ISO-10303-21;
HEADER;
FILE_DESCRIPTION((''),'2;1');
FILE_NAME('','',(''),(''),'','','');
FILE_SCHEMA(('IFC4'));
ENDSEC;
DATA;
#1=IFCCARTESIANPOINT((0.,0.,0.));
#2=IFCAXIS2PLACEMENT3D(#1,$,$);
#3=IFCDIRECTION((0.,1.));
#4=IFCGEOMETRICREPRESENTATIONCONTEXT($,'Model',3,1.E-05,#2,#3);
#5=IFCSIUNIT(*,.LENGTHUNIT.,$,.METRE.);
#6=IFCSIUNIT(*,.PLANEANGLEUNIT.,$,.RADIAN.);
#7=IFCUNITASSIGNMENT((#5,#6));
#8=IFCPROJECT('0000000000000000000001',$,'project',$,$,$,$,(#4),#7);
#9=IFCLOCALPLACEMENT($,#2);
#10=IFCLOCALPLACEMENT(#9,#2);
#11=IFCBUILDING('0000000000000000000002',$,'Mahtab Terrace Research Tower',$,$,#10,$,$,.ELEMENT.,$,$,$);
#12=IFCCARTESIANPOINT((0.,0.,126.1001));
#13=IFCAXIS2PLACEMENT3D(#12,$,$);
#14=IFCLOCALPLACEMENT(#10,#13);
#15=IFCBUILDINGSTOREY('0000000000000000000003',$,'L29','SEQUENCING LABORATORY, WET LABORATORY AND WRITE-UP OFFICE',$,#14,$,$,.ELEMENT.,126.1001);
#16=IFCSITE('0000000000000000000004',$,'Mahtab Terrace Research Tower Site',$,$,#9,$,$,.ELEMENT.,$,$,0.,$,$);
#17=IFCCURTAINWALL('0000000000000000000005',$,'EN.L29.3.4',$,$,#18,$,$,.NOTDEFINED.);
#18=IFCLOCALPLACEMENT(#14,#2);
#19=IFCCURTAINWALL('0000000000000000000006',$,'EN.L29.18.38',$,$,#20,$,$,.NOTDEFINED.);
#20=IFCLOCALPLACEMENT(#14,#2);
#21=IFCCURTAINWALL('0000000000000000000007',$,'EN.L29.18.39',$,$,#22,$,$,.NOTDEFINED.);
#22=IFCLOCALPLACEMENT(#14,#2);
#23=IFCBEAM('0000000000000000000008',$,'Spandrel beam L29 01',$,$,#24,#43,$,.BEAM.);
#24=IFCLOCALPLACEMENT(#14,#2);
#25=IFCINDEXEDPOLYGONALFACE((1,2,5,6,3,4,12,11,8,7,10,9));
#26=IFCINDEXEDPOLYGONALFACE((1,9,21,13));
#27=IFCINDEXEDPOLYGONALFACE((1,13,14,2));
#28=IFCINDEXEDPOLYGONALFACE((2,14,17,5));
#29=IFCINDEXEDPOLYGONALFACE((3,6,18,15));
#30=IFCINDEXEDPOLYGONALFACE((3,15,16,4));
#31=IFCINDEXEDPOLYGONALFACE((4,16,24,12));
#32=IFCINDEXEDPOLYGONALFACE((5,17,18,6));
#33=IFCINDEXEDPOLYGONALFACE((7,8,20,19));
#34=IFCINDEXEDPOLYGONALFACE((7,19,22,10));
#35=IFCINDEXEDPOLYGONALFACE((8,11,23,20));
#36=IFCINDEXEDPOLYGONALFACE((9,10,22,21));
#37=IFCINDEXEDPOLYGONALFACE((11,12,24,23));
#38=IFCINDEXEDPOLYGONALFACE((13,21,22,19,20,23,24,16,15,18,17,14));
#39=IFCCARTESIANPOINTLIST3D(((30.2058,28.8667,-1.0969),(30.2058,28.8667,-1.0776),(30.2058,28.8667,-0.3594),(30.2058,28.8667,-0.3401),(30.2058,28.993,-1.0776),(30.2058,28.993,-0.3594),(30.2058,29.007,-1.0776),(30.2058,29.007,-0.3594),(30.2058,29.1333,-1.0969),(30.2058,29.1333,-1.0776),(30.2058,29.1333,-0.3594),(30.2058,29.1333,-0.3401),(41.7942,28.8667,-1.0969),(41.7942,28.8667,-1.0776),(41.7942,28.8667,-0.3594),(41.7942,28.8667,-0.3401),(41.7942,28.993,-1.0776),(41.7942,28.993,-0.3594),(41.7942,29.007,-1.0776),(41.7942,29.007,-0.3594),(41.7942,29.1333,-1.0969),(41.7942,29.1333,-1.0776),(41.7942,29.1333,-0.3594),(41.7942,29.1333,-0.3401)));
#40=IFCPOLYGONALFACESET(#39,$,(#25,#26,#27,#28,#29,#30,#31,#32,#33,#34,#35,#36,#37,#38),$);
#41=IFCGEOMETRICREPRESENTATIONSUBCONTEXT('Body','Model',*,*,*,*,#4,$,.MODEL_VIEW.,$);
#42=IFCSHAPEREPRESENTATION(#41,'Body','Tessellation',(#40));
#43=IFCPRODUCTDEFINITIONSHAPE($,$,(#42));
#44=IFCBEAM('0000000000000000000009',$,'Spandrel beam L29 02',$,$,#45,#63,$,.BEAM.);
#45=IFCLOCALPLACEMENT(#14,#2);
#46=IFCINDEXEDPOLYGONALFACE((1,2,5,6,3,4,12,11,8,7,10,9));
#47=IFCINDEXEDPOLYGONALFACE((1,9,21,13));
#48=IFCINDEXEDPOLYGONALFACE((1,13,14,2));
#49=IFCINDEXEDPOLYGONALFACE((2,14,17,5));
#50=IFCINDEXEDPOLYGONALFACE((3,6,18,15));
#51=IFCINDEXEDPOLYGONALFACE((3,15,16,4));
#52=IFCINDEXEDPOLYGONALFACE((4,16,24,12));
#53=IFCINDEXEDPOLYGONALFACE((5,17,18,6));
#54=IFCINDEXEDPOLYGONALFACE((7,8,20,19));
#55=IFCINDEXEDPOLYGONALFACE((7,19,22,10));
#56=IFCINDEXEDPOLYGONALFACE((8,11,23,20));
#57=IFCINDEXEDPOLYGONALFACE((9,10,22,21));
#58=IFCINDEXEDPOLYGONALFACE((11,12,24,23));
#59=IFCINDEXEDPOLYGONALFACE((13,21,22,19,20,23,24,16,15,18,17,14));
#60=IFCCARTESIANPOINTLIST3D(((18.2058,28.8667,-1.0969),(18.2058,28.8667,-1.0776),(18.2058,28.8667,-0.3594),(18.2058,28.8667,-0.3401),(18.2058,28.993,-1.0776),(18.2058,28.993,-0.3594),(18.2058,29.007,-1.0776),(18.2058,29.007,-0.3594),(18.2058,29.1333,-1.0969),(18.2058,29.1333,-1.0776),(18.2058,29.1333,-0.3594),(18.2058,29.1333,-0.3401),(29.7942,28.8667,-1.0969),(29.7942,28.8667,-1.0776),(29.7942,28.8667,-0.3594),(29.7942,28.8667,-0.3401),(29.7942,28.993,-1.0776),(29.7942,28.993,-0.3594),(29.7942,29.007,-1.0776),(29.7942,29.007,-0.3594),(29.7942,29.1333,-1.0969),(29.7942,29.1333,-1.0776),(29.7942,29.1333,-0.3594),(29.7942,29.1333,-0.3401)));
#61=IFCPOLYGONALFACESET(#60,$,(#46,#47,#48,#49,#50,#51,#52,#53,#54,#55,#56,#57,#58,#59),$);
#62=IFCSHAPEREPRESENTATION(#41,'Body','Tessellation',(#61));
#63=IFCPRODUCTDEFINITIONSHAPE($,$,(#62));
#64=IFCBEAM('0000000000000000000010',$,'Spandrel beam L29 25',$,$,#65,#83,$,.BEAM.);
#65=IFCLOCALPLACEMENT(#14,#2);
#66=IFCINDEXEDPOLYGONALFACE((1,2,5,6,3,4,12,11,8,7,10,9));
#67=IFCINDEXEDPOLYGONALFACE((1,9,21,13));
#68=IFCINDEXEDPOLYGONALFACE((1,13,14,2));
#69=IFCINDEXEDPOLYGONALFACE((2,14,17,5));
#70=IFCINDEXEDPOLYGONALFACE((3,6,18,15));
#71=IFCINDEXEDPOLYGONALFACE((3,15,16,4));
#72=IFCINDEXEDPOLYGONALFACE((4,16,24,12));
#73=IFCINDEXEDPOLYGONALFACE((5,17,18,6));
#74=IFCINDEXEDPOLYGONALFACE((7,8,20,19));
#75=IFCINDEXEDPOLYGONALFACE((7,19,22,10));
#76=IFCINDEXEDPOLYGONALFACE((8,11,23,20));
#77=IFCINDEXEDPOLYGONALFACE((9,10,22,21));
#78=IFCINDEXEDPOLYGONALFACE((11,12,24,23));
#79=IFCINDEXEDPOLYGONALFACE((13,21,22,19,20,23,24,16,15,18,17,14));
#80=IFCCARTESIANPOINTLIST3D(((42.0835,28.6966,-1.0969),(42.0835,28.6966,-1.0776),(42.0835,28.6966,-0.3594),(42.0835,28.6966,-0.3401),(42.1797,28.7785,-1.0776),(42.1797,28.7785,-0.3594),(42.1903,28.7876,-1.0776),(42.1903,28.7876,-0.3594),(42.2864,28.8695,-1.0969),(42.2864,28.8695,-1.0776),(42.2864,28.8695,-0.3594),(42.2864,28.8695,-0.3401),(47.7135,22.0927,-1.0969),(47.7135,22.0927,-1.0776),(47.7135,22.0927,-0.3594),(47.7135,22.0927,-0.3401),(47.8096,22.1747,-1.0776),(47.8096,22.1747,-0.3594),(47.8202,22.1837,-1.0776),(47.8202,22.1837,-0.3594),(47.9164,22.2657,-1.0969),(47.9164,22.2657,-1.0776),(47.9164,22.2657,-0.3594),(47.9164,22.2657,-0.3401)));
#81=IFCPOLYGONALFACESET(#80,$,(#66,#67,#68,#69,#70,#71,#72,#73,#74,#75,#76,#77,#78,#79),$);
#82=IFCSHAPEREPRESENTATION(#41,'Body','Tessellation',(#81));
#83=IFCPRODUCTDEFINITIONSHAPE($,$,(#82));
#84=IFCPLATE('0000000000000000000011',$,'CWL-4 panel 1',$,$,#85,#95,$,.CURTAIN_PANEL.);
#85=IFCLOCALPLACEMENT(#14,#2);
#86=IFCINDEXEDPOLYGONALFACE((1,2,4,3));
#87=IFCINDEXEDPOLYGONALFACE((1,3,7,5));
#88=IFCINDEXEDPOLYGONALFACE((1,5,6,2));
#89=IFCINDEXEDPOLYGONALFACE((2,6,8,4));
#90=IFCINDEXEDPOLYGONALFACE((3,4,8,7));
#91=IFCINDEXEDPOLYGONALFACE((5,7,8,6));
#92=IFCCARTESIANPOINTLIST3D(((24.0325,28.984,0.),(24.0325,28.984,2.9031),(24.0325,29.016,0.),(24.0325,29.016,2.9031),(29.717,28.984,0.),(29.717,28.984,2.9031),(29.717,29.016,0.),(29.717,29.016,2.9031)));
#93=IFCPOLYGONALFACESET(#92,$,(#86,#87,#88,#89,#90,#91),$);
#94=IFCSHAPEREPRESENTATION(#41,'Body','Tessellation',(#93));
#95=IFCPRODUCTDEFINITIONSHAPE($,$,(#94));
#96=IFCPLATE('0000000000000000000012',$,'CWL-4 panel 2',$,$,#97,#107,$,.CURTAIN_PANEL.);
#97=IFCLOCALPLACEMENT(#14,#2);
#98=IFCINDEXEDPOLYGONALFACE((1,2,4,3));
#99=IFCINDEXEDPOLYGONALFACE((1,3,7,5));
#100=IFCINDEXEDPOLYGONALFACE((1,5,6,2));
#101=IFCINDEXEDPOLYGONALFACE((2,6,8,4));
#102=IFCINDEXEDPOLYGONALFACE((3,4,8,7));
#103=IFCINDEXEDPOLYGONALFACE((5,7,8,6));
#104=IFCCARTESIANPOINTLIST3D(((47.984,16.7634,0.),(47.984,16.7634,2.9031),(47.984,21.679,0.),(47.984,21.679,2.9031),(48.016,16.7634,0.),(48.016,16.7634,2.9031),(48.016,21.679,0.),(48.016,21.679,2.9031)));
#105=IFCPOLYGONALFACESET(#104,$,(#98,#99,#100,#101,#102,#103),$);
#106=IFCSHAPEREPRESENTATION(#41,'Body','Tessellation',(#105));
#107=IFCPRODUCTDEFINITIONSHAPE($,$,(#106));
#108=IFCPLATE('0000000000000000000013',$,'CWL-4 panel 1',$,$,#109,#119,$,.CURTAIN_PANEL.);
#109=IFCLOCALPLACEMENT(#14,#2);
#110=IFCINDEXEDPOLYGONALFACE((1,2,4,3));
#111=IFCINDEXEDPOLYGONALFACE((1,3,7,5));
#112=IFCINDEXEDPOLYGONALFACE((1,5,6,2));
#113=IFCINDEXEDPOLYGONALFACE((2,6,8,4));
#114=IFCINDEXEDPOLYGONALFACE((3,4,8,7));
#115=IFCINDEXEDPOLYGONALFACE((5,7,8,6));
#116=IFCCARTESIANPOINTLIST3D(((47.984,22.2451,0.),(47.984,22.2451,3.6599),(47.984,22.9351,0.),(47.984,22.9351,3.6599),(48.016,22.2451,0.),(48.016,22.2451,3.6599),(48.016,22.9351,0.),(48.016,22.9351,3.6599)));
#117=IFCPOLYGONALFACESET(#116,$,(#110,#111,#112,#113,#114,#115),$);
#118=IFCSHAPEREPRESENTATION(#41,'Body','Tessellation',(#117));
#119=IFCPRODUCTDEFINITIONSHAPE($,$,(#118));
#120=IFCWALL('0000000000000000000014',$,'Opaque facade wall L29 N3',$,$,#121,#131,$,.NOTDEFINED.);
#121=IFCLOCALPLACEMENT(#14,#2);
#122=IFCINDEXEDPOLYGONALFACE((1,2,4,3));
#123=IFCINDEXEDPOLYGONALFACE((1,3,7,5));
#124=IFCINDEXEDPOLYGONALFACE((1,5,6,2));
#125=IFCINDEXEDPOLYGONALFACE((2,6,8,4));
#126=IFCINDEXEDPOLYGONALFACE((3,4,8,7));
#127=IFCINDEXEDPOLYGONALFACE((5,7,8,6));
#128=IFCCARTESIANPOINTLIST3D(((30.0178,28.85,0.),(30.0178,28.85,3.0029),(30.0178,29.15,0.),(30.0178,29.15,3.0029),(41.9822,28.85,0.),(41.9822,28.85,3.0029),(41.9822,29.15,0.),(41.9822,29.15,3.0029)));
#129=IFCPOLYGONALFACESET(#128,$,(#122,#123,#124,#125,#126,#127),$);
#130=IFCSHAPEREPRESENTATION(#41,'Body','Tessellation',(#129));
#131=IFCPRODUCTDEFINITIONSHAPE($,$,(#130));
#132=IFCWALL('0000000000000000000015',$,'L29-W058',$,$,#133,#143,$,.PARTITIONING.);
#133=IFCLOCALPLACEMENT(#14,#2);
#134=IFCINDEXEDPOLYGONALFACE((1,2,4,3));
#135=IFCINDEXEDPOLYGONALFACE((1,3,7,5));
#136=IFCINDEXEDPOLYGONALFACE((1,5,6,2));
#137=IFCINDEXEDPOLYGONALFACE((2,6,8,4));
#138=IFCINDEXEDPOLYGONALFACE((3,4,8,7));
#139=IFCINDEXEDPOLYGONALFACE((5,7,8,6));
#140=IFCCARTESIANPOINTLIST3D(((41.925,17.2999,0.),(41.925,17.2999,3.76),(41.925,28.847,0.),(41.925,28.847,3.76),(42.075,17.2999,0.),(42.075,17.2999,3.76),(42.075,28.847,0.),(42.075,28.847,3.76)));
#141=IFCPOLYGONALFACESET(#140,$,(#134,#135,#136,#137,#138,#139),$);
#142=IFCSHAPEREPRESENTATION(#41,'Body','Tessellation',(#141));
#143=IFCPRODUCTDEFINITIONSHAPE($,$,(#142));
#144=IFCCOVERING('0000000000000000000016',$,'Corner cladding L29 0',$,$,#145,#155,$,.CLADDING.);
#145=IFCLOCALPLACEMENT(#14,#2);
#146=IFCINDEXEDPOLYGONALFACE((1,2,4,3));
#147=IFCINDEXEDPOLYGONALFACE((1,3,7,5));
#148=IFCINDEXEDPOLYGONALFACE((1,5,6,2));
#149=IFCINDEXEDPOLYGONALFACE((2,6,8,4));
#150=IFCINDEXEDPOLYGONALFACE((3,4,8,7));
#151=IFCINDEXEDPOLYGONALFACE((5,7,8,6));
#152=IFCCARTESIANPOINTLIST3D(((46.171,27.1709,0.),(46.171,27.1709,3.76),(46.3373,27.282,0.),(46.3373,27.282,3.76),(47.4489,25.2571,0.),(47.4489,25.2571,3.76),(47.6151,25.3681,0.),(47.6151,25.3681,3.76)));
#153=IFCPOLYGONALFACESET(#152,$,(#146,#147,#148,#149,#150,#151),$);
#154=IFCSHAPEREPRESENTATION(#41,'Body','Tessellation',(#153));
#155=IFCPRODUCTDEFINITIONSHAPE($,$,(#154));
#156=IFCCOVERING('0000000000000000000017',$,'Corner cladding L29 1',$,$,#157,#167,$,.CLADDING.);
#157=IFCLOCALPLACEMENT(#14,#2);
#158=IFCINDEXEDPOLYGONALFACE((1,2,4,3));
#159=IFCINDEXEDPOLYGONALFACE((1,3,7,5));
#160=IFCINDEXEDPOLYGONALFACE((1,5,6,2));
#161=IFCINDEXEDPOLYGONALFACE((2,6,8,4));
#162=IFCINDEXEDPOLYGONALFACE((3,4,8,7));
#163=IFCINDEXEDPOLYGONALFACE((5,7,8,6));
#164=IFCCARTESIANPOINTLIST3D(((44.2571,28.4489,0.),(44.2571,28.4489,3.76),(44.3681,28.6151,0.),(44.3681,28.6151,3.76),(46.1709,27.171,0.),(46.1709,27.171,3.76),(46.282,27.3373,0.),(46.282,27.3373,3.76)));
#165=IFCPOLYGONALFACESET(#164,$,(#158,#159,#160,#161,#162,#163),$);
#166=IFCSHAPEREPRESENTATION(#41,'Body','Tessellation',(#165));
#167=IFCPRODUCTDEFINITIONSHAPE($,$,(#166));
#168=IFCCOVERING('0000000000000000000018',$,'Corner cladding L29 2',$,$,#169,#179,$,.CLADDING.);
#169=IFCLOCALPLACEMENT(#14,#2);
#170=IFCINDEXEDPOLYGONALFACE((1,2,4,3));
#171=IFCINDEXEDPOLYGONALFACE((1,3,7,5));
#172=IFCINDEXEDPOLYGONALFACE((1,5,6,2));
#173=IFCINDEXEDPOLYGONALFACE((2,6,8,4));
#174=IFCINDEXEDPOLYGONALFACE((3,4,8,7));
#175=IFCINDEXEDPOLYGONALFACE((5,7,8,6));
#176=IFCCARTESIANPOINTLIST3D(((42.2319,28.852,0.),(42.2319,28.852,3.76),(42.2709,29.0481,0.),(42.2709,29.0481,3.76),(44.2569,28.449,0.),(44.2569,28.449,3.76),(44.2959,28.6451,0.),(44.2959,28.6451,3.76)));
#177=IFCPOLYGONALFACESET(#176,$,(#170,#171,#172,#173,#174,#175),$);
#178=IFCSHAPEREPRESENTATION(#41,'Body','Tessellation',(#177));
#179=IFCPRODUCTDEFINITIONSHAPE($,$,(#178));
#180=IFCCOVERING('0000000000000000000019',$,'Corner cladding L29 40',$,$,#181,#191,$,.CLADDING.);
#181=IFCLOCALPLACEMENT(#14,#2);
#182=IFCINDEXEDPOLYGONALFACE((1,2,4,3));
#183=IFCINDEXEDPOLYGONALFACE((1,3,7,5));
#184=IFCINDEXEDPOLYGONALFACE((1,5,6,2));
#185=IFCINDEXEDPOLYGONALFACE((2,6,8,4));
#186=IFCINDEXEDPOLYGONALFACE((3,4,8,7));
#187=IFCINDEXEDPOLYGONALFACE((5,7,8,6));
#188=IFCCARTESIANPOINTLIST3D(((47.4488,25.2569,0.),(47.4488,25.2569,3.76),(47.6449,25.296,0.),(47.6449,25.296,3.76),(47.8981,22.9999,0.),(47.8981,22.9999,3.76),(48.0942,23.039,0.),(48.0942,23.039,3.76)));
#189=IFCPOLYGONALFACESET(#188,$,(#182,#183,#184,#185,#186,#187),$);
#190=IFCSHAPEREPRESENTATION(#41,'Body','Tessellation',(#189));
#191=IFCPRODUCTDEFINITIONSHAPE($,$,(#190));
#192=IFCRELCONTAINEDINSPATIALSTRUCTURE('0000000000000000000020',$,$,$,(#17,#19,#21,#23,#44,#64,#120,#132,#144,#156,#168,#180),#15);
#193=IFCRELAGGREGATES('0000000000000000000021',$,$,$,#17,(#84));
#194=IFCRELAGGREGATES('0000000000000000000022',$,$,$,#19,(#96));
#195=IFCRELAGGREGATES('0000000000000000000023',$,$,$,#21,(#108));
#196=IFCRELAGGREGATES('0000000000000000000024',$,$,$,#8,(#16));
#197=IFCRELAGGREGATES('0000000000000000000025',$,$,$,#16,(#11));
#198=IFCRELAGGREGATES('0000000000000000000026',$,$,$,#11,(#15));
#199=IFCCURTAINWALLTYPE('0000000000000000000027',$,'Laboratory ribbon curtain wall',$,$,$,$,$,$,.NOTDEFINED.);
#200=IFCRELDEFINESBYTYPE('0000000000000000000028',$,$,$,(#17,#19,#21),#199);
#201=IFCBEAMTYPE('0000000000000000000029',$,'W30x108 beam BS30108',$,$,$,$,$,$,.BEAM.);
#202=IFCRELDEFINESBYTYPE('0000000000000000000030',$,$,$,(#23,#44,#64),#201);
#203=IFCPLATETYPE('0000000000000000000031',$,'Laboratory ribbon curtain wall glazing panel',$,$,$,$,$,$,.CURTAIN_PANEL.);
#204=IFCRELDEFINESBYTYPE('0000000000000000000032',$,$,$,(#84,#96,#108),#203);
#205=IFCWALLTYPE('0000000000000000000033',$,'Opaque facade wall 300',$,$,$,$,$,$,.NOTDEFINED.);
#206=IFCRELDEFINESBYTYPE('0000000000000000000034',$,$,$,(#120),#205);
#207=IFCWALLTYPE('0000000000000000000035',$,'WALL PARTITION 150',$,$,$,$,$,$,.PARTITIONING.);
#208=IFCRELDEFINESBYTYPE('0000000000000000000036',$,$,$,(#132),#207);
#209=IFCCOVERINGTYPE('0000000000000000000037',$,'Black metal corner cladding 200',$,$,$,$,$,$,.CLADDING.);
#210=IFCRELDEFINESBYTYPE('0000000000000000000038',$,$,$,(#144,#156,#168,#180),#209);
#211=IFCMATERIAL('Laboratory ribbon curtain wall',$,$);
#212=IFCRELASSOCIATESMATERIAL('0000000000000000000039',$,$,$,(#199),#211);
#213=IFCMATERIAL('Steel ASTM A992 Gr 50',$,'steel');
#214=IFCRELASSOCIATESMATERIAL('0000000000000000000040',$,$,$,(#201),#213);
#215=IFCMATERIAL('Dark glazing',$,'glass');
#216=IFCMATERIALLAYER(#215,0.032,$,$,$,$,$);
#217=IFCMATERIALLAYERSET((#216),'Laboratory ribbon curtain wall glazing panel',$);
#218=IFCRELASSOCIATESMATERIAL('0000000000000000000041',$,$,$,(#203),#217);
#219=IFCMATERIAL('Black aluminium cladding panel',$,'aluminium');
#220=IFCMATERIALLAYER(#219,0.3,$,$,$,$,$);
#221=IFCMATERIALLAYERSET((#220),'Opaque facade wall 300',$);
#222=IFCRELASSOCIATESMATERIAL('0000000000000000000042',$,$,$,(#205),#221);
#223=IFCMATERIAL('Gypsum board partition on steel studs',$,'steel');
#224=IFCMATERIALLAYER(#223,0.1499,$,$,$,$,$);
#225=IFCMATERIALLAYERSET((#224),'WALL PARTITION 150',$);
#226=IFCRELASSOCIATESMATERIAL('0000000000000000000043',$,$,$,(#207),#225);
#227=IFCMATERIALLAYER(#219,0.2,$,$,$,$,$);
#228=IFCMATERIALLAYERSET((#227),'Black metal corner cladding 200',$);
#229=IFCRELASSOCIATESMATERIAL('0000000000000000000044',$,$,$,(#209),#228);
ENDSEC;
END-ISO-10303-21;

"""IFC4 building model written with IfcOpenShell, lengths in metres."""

from ifc_helpers import new_model, si_unit, direction, frame, frame_2d, origin, origin_2d, place, context, subcontext, project, spatial, rectangle, i_section, extrude, material, layer, layer_set, material_profile, profile_set, type_object, element, aggregate, save


model = new_model("IFC4")

# Units and contexts
model_context = context("Model", 3, precision=1e-05, world=origin(), true_north=direction((0.0, 1.0)))
body_context = subcontext(model_context, "Body", "Model", "MODEL_VIEW")
ifc_project = project(units=[si_unit("LENGTHUNIT", "METRE"), si_unit("PLANEANGLEUNIT", "RADIAN")], contexts=[model_context])

# Site, building, storey
site_placement = place(None, origin())
site = spatial("IfcSite", under=ifc_project, at=site_placement, Name="Mahtab Terrace Research Tower Site", CompositionType="ELEMENT", RefElevation=0.0)
building_placement = place(site_placement, origin())
building = spatial("IfcBuilding", under=site, at=building_placement, Name="Mahtab Terrace Research Tower", CompositionType="ELEMENT")
storey_placement = place(building_placement, frame((0.0, 0.0, 126.1001)))
storey = spatial("IfcBuildingStorey", under=building, at=storey_placement, Name="L29", Description="SEQUENCING LABORATORY, WET LABORATORY AND WRITE-UP OFFICE", CompositionType="ELEMENT", Elevation=126.1001)

# Shared definitions
ifc_material_1 = material(Name="Steel ASTM A992 Gr 50", Category="steel")

# Curtain walls
ifc_material_2 = material(Name="Laboratory ribbon curtain wall")
curtain_wall_type = type_object("IfcCurtainWallType", Name="Laboratory ribbon curtain wall", PredefinedType="NOTDEFINED", material=ifc_material_2)
curtain_wall_1_placement = place(storey_placement, origin())
curtain_wall_1 = element("IfcCurtainWall", 1, at=curtain_wall_1_placement, inside=storey, type_object=curtain_wall_type, Name="EN.L29.3.4", PredefinedType="NOTDEFINED")
curtain_wall_2_placement = place(storey_placement, origin())
curtain_wall_2 = element("IfcCurtainWall", 2, at=curtain_wall_2_placement, inside=storey, type_object=curtain_wall_type, Name="EN.L29.18.38", PredefinedType="NOTDEFINED")

# Curtain wall
curtain_wall_3_placement = place(storey_placement, origin())
curtain_wall_3 = element("IfcCurtainWall", 3, at=curtain_wall_3_placement, inside=storey, type_object=curtain_wall_type, Name="EN.L29.18.39", PredefinedType="NOTDEFINED")

# Beams
ifc_material_profile_1 = material_profile(ifc_material_1, i_section(OverallWidth=0.2666, OverallDepth=0.7568, WebThickness=0.0139, FlangeThickness=0.0193, at=origin_2d()), Name="W30X108")
ifc_profile_set_1 = profile_set([ifc_material_profile_1], Name="Steel ASTM A992 Gr 50")
beam_type = type_object("IfcBeamType", Name="W30x108 beam BS30108", PredefinedType="BEAM", material=ifc_profile_set_1)
for number, where, z_axis, x_axis, name in (
    (4, (41.7942, 29.0, -0.7185), (-1.0, 0.0, 0.0), (0.0, -1.0, 0.0), "Spandrel beam L29 01"),
    (5, (29.7942, 29.0, -0.7185), (-1.0, 0.0, 0.0), (0.0, -1.0, 0.0), "Spandrel beam L29 02"),
):
    element("IfcBeam", number, at=place(storey_placement, frame(where, z_axis=z_axis, x_axis=x_axis)), inside=storey, type_object=beam_type, Name=name, PredefinedType="BEAM", context=body_context, shape_type="SweptSolid", body=[
        extrude(i_section(OverallWidth=0.2666, OverallDepth=0.7568, WebThickness=0.0139, FlangeThickness=0.0193, at=origin_2d()), origin(), (0.0, 0.0, 1.0), 11.5884),
    ])
beam_placement = place(storey_placement, frame((47.8149, 22.1792, -0.7185), z_axis=(-0.648764, 0.76099, 0.0), x_axis=(-0.76099, -0.648764, 0.0)))
element("IfcBeam", 6, at=beam_placement, inside=storey, type_object=beam_type, Name="Spandrel beam L29 25", PredefinedType="BEAM", context=body_context, shape_type="SweptSolid", body=[
    extrude(i_section(OverallWidth=0.2666, OverallDepth=0.7568, WebThickness=0.0139, FlangeThickness=0.0193, at=origin_2d()), origin(), (0.0, 0.0, 1.0), 8.678),
])

# Plates
ifc_material_3 = material(Name="Dark glazing", Category="glass")
ifc_layer_1 = layer(ifc_material_3, 0.032)
ifc_layer_set_1 = layer_set([ifc_layer_1], Name="Laboratory ribbon curtain wall glazing panel")
plate_type = type_object("IfcPlateType", Name="Laboratory ribbon curtain wall glazing panel", PredefinedType="CURTAIN_PANEL", material=ifc_layer_set_1)
plate_1_placement = place(storey_placement, frame((26.8748, 29.0, 0.0), z_axis=(0.0, 0.0, 1.0), x_axis=(-1.0, 0.0, 0.0)))
plate_1 = element("IfcPlate", 7, at=plate_1_placement, type_object=plate_type, Name="CWL-4 panel 1", PredefinedType="CURTAIN_PANEL", context=body_context, shape_type="SweptSolid", body=[
    extrude(rectangle(XDim=5.6846, YDim=0.032, at=origin_2d()), origin(), (0.0, 0.0, 1.0), 2.9031),
])
aggregate(curtain_wall_1, [plate_1])
plate_2_placement = place(storey_placement, frame((48.0, 19.2212, 0.0), z_axis=(0.0, 0.0, 1.0), x_axis=(0.0, 1.0, 0.0)))
plate_2 = element("IfcPlate", 8, at=plate_2_placement, type_object=plate_type, Name="CWL-4 panel 2", PredefinedType="CURTAIN_PANEL", context=body_context, shape_type="SweptSolid", body=[
    extrude(rectangle(XDim=4.9155, YDim=0.032, at=origin_2d()), origin(), (0.0, 0.0, 1.0), 2.9031),
])
aggregate(curtain_wall_2, [plate_2])
plate_3_placement = place(storey_placement, frame((48.0, 22.5901, 0.0), z_axis=(0.0, 0.0, 1.0), x_axis=(0.0, 1.0, 0.0)))
plate_3 = element("IfcPlate", 9, at=plate_3_placement, type_object=plate_type, Name="CWL-4 panel 1", PredefinedType="CURTAIN_PANEL", context=body_context, shape_type="SweptSolid", body=[
    extrude(rectangle(XDim=0.6899, YDim=0.032, at=origin_2d()), origin(), (0.0, 0.0, 1.0), 3.6599),
])
aggregate(curtain_wall_3, [plate_3])

# Walls
ifc_material_4 = material(Name="Black aluminium cladding panel", Category="aluminium")
ifc_layer_2 = layer(ifc_material_4, 0.3)
ifc_layer_set_2 = layer_set([ifc_layer_2], Name="Opaque facade wall 300")
wall_type_1 = type_object("IfcWallType", Name="Opaque facade wall 300", PredefinedType="NOTDEFINED", material=ifc_layer_set_2)
wall_1_placement = place(storey_placement, frame((41.9822, 29.0, 0.0), z_axis=(0.0, 0.0, 1.0), x_axis=(-1.0, 0.0, 0.0)))
element("IfcWall", 10, at=wall_1_placement, inside=storey, type_object=wall_type_1, Name="Opaque facade wall L29 N3", PredefinedType="NOTDEFINED", context=body_context, shape_type="SweptSolid", body=[
    extrude(rectangle(XDim=11.9644, YDim=0.3, at=frame_2d((5.9822, 0.0))), origin(), (0.0, 0.0, 1.0), 3.0029),
])
ifc_material_5 = material(Name="Gypsum board partition on steel studs", Category="steel")
ifc_layer_3 = layer(ifc_material_5, 0.1499)
ifc_layer_set_3 = layer_set([ifc_layer_3], Name="WALL PARTITION 150")
wall_type_2 = type_object("IfcWallType", Name="WALL PARTITION 150", PredefinedType="PARTITIONING", material=ifc_layer_set_3)
wall_2_placement = place(storey_placement, frame((42.0, 17.3, 0.0), z_axis=(0.0, 0.0, 1.0), x_axis=(0.0, 1.0, 0.0)))
element("IfcWall", 11, at=wall_2_placement, inside=storey, type_object=wall_type_2, Name="L29-W058", PredefinedType="PARTITIONING", context=body_context, shape_type="SweptSolid", body=[
    extrude(rectangle(XDim=11.5471, YDim=0.1499, at=frame_2d((5.7734, 0.0))), origin(), (0.0, 0.0, 1.0), 3.76),
])

# Coverings
ifc_layer_4 = layer(ifc_material_4, 0.2)
ifc_layer_set_4 = layer_set([ifc_layer_4], Name="Black metal corner cladding 200")
covering_type = type_object("IfcCoveringType", Name="Black metal corner cladding 200", PredefinedType="CLADDING", material=ifc_layer_set_4)
for number, where, z_axis, x_axis, name in (
    (12, (46.8931, 26.2695, 0.0), (0.0, 0.0, 1.0), (-0.555291, 0.831656, 0.0), "Corner cladding L29 0"),
    (13, (45.2695, 27.8931, 0.0), (0.0, 0.0, 1.0), (-0.831656, 0.555291, 0.0), "Corner cladding L29 1"),
):
    element("IfcCovering", number, at=place(storey_placement, frame(where, z_axis=z_axis, x_axis=x_axis)), inside=storey, type_object=covering_type, Name=name, PredefinedType="CLADDING", context=body_context, shape_type="SweptSolid", body=[
        extrude(rectangle(XDim=2.3013, YDim=0.2, at=origin_2d()), origin(), (0.0, 0.0, 1.0), 3.76),
    ])
covering_1_placement = place(storey_placement, frame((43.2639, 28.7485, 0.0), z_axis=(0.0, 0.0, 1.0), x_axis=(-0.980761, 0.195212, 0.0)))
element("IfcCovering", 14, at=covering_1_placement, inside=storey, type_object=covering_type, Name="Corner cladding L29 2", PredefinedType="CLADDING", context=body_context, shape_type="SweptSolid", body=[
    extrude(rectangle(XDim=2.0647, YDim=0.2, at=origin_2d()), origin(), (0.0, 0.0, 1.0), 3.76),
])
covering_2_placement = place(storey_placement, frame((47.7715, 24.1479, 0.0), z_axis=(0.0, 0.0, 1.0), x_axis=(-0.195212, 0.980761, 0.0)))
element("IfcCovering", 15, at=covering_2_placement, inside=storey, type_object=covering_type, Name="Corner cladding L29 40", PredefinedType="CLADDING", context=body_context, shape_type="SweptSolid", body=[
    extrude(rectangle(XDim=2.3013, YDim=0.2, at=origin_2d()), origin(), (0.0, 0.0, 1.0), 3.76),
])

save(model, "model.ifc")
